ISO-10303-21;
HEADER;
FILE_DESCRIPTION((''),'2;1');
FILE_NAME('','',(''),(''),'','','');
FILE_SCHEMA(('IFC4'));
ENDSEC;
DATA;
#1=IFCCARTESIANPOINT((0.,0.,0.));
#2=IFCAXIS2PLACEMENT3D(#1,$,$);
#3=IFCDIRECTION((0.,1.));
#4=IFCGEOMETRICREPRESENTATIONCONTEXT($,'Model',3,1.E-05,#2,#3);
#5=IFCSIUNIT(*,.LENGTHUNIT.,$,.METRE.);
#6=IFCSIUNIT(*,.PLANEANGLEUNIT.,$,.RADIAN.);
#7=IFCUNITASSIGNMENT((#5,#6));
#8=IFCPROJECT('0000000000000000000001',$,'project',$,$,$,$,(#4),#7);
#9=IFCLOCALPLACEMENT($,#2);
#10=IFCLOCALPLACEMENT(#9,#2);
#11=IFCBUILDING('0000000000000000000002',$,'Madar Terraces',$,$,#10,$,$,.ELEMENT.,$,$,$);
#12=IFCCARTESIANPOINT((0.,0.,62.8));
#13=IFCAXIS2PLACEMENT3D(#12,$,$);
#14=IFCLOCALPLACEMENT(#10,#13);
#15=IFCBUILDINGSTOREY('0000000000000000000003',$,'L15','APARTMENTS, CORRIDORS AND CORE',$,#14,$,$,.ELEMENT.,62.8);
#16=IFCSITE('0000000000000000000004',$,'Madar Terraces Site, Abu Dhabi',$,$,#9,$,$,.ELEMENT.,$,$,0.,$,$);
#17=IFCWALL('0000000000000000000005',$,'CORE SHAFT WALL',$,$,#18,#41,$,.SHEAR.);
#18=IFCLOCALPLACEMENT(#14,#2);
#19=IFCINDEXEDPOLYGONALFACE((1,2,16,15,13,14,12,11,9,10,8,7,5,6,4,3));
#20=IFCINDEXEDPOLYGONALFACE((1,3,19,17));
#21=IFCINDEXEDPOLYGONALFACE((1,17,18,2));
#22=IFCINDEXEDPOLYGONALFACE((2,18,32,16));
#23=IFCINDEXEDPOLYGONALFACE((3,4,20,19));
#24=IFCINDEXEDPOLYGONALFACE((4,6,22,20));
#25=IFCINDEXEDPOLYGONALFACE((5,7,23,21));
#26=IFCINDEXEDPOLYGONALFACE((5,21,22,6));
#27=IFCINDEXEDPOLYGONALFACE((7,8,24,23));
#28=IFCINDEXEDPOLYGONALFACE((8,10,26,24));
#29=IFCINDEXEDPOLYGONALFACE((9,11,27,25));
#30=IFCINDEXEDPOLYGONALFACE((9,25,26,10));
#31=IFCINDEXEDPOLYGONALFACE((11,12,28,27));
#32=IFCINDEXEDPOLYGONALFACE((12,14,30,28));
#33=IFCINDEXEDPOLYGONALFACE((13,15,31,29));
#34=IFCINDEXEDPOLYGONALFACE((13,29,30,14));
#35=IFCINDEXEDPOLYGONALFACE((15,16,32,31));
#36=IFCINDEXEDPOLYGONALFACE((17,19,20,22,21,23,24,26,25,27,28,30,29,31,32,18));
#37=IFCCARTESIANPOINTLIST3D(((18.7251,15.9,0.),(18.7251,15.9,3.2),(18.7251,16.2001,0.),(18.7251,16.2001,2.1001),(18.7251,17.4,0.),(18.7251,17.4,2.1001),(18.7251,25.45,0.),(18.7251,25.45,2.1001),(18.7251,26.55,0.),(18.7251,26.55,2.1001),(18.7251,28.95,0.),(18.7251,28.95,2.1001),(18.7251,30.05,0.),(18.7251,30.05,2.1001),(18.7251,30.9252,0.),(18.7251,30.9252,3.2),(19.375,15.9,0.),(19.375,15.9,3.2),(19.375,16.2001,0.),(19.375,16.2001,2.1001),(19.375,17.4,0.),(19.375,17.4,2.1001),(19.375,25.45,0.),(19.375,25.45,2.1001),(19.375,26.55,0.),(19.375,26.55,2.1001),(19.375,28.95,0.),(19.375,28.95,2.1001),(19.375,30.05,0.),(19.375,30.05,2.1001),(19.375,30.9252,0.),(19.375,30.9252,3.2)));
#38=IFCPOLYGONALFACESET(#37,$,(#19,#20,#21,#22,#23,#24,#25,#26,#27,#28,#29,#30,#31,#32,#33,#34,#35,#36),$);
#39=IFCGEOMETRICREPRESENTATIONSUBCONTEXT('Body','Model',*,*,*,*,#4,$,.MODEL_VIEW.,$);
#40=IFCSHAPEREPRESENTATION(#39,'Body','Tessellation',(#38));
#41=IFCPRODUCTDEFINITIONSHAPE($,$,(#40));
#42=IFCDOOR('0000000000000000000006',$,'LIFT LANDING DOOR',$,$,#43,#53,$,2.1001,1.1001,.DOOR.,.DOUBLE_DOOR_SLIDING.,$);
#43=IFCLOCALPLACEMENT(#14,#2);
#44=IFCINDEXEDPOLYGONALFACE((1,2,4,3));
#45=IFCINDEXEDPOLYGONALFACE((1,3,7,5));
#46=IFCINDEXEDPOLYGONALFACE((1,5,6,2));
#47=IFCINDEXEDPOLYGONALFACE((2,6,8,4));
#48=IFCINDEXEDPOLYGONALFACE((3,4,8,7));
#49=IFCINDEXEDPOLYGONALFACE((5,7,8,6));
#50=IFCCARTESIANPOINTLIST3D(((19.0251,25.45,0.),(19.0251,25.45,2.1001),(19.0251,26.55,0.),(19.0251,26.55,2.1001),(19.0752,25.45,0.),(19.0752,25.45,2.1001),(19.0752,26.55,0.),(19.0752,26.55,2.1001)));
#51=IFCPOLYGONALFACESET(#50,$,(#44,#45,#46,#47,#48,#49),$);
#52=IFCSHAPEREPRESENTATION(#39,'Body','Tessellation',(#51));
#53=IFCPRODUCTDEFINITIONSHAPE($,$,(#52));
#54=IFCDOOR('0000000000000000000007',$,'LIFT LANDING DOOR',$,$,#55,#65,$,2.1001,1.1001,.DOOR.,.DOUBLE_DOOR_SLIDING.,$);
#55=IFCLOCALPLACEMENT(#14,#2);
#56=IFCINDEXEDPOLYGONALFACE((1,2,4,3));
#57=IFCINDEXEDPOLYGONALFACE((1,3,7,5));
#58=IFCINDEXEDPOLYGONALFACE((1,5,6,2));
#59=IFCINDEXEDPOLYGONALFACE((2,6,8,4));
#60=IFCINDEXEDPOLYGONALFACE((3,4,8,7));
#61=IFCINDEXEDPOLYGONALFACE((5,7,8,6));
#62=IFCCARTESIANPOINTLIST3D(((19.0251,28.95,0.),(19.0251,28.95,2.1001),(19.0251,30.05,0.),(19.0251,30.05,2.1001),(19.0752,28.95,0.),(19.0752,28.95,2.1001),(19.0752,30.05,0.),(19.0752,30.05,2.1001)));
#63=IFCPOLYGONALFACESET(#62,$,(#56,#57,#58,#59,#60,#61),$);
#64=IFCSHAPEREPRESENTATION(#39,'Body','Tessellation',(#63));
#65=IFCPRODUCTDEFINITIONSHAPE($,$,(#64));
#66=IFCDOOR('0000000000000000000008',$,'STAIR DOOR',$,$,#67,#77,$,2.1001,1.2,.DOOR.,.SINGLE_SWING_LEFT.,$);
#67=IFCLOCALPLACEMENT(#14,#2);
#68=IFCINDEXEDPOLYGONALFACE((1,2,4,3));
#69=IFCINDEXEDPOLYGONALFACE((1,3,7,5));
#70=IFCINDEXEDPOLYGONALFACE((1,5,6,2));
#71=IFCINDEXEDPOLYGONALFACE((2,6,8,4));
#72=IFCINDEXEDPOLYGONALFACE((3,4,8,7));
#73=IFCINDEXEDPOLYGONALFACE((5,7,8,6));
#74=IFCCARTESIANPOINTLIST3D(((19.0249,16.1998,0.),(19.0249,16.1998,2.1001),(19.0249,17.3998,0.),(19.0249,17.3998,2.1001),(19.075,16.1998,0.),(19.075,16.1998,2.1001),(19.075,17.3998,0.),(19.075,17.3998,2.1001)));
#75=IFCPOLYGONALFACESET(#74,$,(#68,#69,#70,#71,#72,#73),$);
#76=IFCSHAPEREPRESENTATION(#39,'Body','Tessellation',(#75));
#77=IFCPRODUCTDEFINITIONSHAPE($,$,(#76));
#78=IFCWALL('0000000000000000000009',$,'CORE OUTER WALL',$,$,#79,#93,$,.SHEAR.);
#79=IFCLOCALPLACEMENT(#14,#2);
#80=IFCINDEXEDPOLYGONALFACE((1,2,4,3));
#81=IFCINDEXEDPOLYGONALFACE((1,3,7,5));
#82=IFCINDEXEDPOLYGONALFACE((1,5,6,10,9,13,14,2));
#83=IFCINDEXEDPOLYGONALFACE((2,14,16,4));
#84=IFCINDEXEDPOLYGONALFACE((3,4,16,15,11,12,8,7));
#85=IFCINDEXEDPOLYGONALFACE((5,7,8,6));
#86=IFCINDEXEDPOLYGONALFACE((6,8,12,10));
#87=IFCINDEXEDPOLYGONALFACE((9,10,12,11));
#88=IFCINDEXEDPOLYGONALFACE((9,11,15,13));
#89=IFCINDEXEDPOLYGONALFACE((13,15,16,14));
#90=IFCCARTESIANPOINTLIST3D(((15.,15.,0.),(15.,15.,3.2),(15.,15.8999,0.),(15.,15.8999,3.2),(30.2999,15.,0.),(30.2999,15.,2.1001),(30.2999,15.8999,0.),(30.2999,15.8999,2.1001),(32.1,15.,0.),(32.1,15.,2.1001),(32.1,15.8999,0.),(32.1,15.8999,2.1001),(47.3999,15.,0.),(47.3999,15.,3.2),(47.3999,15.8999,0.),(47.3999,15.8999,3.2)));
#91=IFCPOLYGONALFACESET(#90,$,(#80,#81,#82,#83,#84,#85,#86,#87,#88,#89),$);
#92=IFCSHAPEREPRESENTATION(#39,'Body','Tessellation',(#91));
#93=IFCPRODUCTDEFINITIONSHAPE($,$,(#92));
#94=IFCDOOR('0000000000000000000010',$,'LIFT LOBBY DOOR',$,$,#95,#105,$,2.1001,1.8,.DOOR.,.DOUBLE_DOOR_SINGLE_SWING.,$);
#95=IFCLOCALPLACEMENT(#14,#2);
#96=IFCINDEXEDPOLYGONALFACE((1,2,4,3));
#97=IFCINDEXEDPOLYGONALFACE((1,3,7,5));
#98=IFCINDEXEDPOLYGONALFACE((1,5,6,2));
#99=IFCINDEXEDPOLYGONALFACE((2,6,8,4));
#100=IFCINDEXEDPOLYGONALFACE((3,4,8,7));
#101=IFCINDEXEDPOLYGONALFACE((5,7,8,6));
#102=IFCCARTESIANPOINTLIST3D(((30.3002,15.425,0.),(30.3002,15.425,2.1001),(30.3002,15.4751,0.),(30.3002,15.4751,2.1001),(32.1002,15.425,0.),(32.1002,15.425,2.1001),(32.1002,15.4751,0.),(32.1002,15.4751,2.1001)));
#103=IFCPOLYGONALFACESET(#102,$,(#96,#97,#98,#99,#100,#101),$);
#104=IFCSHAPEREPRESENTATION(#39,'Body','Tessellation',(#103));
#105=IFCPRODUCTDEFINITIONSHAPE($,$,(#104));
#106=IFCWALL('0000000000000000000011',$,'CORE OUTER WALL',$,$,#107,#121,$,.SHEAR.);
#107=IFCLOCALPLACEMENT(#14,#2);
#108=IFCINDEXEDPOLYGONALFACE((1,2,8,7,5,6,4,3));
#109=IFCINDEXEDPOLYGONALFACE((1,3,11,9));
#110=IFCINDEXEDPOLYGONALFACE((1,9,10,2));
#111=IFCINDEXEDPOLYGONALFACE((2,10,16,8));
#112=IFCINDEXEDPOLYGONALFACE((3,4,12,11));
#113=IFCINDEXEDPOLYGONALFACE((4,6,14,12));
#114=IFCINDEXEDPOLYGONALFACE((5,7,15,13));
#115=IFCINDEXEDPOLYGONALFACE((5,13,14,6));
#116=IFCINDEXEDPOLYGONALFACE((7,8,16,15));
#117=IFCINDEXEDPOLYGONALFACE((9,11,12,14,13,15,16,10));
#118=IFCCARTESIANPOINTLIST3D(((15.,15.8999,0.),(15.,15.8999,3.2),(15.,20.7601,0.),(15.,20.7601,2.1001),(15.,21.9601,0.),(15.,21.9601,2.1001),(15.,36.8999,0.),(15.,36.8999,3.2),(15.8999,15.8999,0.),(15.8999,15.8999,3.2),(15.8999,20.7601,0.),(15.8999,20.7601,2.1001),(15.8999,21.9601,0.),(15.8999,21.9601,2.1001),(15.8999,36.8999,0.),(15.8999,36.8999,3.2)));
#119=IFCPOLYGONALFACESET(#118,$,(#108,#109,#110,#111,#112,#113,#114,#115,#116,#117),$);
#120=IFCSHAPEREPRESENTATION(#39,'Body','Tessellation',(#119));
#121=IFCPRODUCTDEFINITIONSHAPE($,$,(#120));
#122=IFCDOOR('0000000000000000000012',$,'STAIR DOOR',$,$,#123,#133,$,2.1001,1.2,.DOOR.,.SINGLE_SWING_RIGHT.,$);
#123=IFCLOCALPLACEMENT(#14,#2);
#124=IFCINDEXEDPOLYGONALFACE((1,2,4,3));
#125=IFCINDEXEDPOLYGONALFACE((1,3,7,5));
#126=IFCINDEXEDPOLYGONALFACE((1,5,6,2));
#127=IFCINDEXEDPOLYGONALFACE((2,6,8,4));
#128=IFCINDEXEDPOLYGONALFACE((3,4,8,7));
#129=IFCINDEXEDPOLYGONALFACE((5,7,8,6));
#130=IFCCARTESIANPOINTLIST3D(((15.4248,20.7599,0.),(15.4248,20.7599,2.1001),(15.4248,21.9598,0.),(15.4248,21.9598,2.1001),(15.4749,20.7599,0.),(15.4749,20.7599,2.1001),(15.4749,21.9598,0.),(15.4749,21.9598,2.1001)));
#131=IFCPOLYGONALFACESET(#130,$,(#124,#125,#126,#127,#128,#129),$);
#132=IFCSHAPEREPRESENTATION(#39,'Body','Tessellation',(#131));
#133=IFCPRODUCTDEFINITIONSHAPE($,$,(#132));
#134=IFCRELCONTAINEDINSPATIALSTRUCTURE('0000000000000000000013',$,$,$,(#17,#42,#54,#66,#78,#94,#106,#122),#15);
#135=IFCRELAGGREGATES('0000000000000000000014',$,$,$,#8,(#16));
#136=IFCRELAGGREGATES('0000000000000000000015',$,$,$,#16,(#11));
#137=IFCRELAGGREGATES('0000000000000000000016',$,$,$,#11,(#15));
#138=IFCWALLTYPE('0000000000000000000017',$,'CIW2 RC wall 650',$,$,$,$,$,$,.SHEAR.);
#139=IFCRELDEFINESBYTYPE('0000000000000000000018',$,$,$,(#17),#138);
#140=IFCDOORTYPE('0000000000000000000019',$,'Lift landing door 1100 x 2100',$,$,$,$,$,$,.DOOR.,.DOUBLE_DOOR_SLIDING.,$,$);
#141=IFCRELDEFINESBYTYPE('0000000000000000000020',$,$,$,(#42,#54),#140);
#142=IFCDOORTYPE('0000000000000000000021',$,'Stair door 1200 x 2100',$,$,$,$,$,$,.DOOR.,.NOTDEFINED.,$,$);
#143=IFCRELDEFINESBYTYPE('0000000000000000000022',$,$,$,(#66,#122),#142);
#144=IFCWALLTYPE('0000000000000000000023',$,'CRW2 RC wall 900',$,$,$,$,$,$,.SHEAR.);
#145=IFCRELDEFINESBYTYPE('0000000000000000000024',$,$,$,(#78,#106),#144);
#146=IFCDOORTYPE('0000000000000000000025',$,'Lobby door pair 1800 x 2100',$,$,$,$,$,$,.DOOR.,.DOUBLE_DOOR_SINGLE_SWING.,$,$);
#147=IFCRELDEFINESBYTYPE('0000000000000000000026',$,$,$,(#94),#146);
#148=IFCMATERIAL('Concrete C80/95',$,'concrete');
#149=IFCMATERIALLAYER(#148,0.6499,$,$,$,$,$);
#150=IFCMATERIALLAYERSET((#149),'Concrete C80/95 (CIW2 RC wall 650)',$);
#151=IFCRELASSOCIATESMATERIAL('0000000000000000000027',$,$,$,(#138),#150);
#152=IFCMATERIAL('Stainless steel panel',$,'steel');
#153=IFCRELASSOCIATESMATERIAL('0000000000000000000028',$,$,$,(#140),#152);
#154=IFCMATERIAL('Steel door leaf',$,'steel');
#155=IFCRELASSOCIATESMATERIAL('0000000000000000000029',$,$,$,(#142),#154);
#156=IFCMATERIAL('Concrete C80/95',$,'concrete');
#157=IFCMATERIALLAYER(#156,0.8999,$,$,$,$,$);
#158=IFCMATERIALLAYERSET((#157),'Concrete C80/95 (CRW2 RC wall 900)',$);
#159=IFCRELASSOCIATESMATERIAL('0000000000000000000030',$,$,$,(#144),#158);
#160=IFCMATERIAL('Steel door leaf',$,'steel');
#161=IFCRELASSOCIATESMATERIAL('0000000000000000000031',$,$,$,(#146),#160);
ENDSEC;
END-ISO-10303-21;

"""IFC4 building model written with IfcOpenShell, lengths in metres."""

from ifc_helpers import new_model, si_unit, direction, frame, frame_2d, origin, place, context, subcontext, project, spatial, rectangle, extrude, material, layer, layer_set, type_object, element, fill, save


model = new_model("IFC4")

# Units and contexts
model_context = context("Model", 3, precision=1e-05, world=origin(), true_north=direction((0.0, 1.0)))
body_context = subcontext(model_context, "Body", "Model", "MODEL_VIEW")
ifc_project = project(units=[si_unit("LENGTHUNIT", "METRE"), si_unit("PLANEANGLEUNIT", "RADIAN")], contexts=[model_context])

# Site, building, storey
site_placement = place(None, origin())
site = spatial("IfcSite", under=ifc_project, at=site_placement, Name="Madar Terraces Site, Abu Dhabi", CompositionType="ELEMENT", RefElevation=0.0)
building_placement = place(site_placement, origin())
building = spatial("IfcBuilding", under=site, at=building_placement, Name="Madar Terraces", CompositionType="ELEMENT")
storey_placement = place(building_placement, frame((0.0, 0.0, 62.8)))
storey = spatial("IfcBuildingStorey", under=building, at=storey_placement, Name="L15", Description="APARTMENTS, CORRIDORS AND CORE", CompositionType="ELEMENT", Elevation=62.8)

# Wall, openings, doors
ifc_material_1 = material(Name="Concrete C80/95", Category="concrete")
ifc_layer_1 = layer(ifc_material_1, 0.6499)
ifc_layer_set_1 = layer_set([ifc_layer_1], Name="Concrete C80/95 (CIW2 RC wall 650)")
wall_type_1 = type_object("IfcWallType", Name="CIW2 RC wall 650", PredefinedType="SHEAR", material=ifc_layer_set_1)
wall_1_placement = place(storey_placement, frame((19.05, 15.8999, 0.0), z_axis=(0.0, 0.0, 1.0), x_axis=(0.0, 1.0, 0.0)))
wall_1 = element("IfcWall", 1, at=wall_1_placement, inside=storey, type_object=wall_type_1, Name="CORE SHAFT WALL", PredefinedType="SHEAR", context=body_context, shape_type="SweptSolid", body=[
    extrude(rectangle(XDim=15.0251, YDim=0.6499, at=frame_2d((7.5127, 0.0))), origin(), (0.0, 0.0, 1.0), 3.2),
])
opening_1_placement = place(wall_1_placement, frame((9.55, 0.0, 0.0)))
opening_1 = element("IfcOpeningElement", 2, at=opening_1_placement, cuts=wall_1, PredefinedType="OPENING", context=body_context, shape_type="SweptSolid", body=[
    extrude(rectangle(XDim=1.1001, YDim=2.1001, at=frame_2d((0.55, 1.05))), frame((0.0, 0.335, 0.0), z_axis=(0.0, -1.0, 0.0), x_axis=(1.0, 0.0, 0.0)), (0.0, 0.0, 1.0), 0.6699),
])
opening_2_placement = place(wall_1_placement, frame((13.05, 0.0, 0.0)))
opening_2 = element("IfcOpeningElement", 3, at=opening_2_placement, cuts=wall_1, PredefinedType="OPENING", context=body_context, shape_type="SweptSolid", body=[
    extrude(rectangle(XDim=1.1001, YDim=2.1001, at=frame_2d((0.55, 1.05))), frame((0.0, 0.335, 0.0), z_axis=(0.0, -1.0, 0.0), x_axis=(1.0, 0.0, 0.0)), (0.0, 0.0, 1.0), 0.6699),
])
opening_3_placement = place(wall_1_placement, frame((0.3, 0.0, 0.0)))
opening_3 = element("IfcOpeningElement", 4, at=opening_3_placement, cuts=wall_1, PredefinedType="OPENING", context=body_context, shape_type="SweptSolid", body=[
    extrude(rectangle(XDim=1.2, YDim=2.1001, at=frame_2d((0.6001, 1.05))), frame((0.0, 0.335, 0.0), z_axis=(0.0, -1.0, 0.0), x_axis=(1.0, 0.0, 0.0)), (0.0, 0.0, 1.0), 0.6699),
])
ifc_material_2 = material(Name="Stainless steel panel", Category="steel")
door_type_1 = type_object("IfcDoorType", Name="Lift landing door 1100 x 2100", OperationType="DOUBLE_DOOR_SLIDING", PredefinedType="DOOR", material=ifc_material_2)
door_1_placement = place(opening_1_placement, origin())
door_1 = element("IfcDoor", 5, at=door_1_placement, inside=storey, type_object=door_type_1, Name="LIFT LANDING DOOR", OperationType="DOUBLE_DOOR_SLIDING", OverallHeight=2.1001, OverallWidth=1.1001, PredefinedType="DOOR", context=body_context, shape_type="SweptSolid", body=[
    extrude(rectangle(XDim=1.1001, YDim=2.1001, at=frame_2d((0.55, 1.05))), frame((0.0, 0.0249, 0.0), z_axis=(0.0, -1.0, 0.0), x_axis=(1.0, 0.0, 0.0)), (0.0, 0.0, 1.0), 0.05),
])
fill(opening_1, door_1)
door_2_placement = place(opening_2_placement, origin())
door_2 = element("IfcDoor", 6, at=door_2_placement, inside=storey, type_object=door_type_1, Name="LIFT LANDING DOOR", OperationType="DOUBLE_DOOR_SLIDING", OverallHeight=2.1001, OverallWidth=1.1001, PredefinedType="DOOR", context=body_context, shape_type="SweptSolid", body=[
    extrude(rectangle(XDim=1.1001, YDim=2.1001, at=frame_2d((0.55, 1.05))), frame((0.0, 0.0249, 0.0), z_axis=(0.0, -1.0, 0.0), x_axis=(1.0, 0.0, 0.0)), (0.0, 0.0, 1.0), 0.05),
])
fill(opening_2, door_2)
ifc_material_3 = material(Name="Steel door leaf", Category="steel")
door_type_2 = type_object("IfcDoorType", Name="Stair door 1200 x 2100", OperationType="NOTDEFINED", PredefinedType="DOOR", material=ifc_material_3)
door_3_placement = place(opening_3_placement, frame((1.2, 0.0, 0.0), z_axis=(0.0, 0.0, 1.0), x_axis=(-1.0, 0.0, 0.0)))
door_3 = element("IfcDoor", 7, at=door_3_placement, inside=storey, type_object=door_type_2, Name="STAIR DOOR", OperationType="SINGLE_SWING_LEFT", OverallHeight=2.1001, OverallWidth=1.2, PredefinedType="DOOR", context=body_context, shape_type="SweptSolid", body=[
    extrude(rectangle(XDim=1.2, YDim=2.1001, at=frame_2d((0.6001, 1.05))), frame((0.0, 0.0249, 0.0), z_axis=(0.0, -1.0, 0.0), x_axis=(1.0, 0.0, 0.0)), (0.0, 0.0, 1.0), 0.05),
])
fill(opening_3, door_3)

# Walls, openings, doors
ifc_material_4 = material(Name="Concrete C80/95", Category="concrete")
ifc_layer_2 = layer(ifc_material_4, 0.8999)
ifc_layer_set_2 = layer_set([ifc_layer_2], Name="Concrete C80/95 (CRW2 RC wall 900)")
wall_type_2 = type_object("IfcWallType", Name="CRW2 RC wall 900", PredefinedType="SHEAR", material=ifc_layer_set_2)
wall_2_placement = place(storey_placement, frame((15.0, 15.45, 0.0), z_axis=(0.0, 0.0, 1.0), x_axis=(1.0, 0.0, 0.0)))
wall_2 = element("IfcWall", 8, at=wall_2_placement, inside=storey, type_object=wall_type_2, Name="CORE OUTER WALL", PredefinedType="SHEAR", context=body_context, shape_type="SweptSolid", body=[
    extrude(rectangle(XDim=32.3999, YDim=0.8999, at=frame_2d((16.2, 0.0))), origin(), (0.0, 0.0, 1.0), 3.2),
])
opening_4_placement = place(wall_2_placement, frame((15.3, 0.0, 0.0)))
opening_4 = element("IfcOpeningElement", 9, at=opening_4_placement, cuts=wall_2, PredefinedType="OPENING", context=body_context, shape_type="SweptSolid", body=[
    extrude(rectangle(XDim=1.8, YDim=2.1001, at=frame_2d((0.8999, 1.05))), frame((0.0, 0.46, 0.0), z_axis=(0.0, -1.0, 0.0), x_axis=(1.0, 0.0, 0.0)), (0.0, 0.0, 1.0), 0.9199),
])
ifc_material_5 = material(Name="Steel door leaf", Category="steel")
door_type_3 = type_object("IfcDoorType", Name="Lobby door pair 1800 x 2100", OperationType="DOUBLE_DOOR_SINGLE_SWING", PredefinedType="DOOR", material=ifc_material_5)
door_4_placement = place(opening_4_placement, frame((1.8, 0.0, 0.0), z_axis=(0.0, 0.0, 1.0), x_axis=(-1.0, 0.0, 0.0)))
door_4 = element("IfcDoor", 10, at=door_4_placement, inside=storey, type_object=door_type_3, Name="LIFT LOBBY DOOR", OperationType="DOUBLE_DOOR_SINGLE_SWING", OverallHeight=2.1001, OverallWidth=1.8, PredefinedType="DOOR", context=body_context, shape_type="SweptSolid", body=[
    extrude(rectangle(XDim=1.8, YDim=2.1001, at=frame_2d((0.8999, 1.05))), frame((0.0, 0.0249, 0.0), z_axis=(0.0, -1.0, 0.0), x_axis=(1.0, 0.0, 0.0)), (0.0, 0.0, 1.0), 0.05),
])
fill(opening_4, door_4)
wall_3_placement = place(storey_placement, frame((15.45, 15.8999, 0.0), z_axis=(0.0, 0.0, 1.0), x_axis=(0.0, 1.0, 0.0)))
wall_3 = element("IfcWall", 11, at=wall_3_placement, inside=storey, type_object=wall_type_2, Name="CORE OUTER WALL", PredefinedType="SHEAR", context=body_context, shape_type="SweptSolid", body=[
    extrude(rectangle(XDim=21.0, YDim=0.8999, at=frame_2d((10.5, 0.0))), origin(), (0.0, 0.0, 1.0), 3.2),
])
opening_5_placement = place(wall_3_placement, frame((4.8601, 0.0, 0.0)))
opening_5 = element("IfcOpeningElement", 12, at=opening_5_placement, cuts=wall_3, PredefinedType="OPENING", context=body_context, shape_type="SweptSolid", body=[
    extrude(rectangle(XDim=1.2, YDim=2.1001, at=frame_2d((0.6001, 1.05))), frame((0.0, 0.46, 0.0), z_axis=(0.0, -1.0, 0.0), x_axis=(1.0, 0.0, 0.0)), (0.0, 0.0, 1.0), 0.9199),
])
door_5_placement = place(opening_5_placement, frame((1.2, 0.0, 0.0), z_axis=(0.0, 0.0, 1.0), x_axis=(-1.0, 0.0, 0.0)))
door_5 = element("IfcDoor", 13, at=door_5_placement, inside=storey, type_object=door_type_2, Name="STAIR DOOR", OperationType="SINGLE_SWING_RIGHT", OverallHeight=2.1001, OverallWidth=1.2, PredefinedType="DOOR", context=body_context, shape_type="SweptSolid", body=[
    extrude(rectangle(XDim=1.2, YDim=2.1001, at=frame_2d((0.6001, 1.05))), frame((0.0, 0.0249, 0.0), z_axis=(0.0, -1.0, 0.0), x_axis=(1.0, 0.0, 0.0)), (0.0, 0.0, 1.0), 0.05),
])
fill(opening_5, door_5)

save(model, "model.ifc")
